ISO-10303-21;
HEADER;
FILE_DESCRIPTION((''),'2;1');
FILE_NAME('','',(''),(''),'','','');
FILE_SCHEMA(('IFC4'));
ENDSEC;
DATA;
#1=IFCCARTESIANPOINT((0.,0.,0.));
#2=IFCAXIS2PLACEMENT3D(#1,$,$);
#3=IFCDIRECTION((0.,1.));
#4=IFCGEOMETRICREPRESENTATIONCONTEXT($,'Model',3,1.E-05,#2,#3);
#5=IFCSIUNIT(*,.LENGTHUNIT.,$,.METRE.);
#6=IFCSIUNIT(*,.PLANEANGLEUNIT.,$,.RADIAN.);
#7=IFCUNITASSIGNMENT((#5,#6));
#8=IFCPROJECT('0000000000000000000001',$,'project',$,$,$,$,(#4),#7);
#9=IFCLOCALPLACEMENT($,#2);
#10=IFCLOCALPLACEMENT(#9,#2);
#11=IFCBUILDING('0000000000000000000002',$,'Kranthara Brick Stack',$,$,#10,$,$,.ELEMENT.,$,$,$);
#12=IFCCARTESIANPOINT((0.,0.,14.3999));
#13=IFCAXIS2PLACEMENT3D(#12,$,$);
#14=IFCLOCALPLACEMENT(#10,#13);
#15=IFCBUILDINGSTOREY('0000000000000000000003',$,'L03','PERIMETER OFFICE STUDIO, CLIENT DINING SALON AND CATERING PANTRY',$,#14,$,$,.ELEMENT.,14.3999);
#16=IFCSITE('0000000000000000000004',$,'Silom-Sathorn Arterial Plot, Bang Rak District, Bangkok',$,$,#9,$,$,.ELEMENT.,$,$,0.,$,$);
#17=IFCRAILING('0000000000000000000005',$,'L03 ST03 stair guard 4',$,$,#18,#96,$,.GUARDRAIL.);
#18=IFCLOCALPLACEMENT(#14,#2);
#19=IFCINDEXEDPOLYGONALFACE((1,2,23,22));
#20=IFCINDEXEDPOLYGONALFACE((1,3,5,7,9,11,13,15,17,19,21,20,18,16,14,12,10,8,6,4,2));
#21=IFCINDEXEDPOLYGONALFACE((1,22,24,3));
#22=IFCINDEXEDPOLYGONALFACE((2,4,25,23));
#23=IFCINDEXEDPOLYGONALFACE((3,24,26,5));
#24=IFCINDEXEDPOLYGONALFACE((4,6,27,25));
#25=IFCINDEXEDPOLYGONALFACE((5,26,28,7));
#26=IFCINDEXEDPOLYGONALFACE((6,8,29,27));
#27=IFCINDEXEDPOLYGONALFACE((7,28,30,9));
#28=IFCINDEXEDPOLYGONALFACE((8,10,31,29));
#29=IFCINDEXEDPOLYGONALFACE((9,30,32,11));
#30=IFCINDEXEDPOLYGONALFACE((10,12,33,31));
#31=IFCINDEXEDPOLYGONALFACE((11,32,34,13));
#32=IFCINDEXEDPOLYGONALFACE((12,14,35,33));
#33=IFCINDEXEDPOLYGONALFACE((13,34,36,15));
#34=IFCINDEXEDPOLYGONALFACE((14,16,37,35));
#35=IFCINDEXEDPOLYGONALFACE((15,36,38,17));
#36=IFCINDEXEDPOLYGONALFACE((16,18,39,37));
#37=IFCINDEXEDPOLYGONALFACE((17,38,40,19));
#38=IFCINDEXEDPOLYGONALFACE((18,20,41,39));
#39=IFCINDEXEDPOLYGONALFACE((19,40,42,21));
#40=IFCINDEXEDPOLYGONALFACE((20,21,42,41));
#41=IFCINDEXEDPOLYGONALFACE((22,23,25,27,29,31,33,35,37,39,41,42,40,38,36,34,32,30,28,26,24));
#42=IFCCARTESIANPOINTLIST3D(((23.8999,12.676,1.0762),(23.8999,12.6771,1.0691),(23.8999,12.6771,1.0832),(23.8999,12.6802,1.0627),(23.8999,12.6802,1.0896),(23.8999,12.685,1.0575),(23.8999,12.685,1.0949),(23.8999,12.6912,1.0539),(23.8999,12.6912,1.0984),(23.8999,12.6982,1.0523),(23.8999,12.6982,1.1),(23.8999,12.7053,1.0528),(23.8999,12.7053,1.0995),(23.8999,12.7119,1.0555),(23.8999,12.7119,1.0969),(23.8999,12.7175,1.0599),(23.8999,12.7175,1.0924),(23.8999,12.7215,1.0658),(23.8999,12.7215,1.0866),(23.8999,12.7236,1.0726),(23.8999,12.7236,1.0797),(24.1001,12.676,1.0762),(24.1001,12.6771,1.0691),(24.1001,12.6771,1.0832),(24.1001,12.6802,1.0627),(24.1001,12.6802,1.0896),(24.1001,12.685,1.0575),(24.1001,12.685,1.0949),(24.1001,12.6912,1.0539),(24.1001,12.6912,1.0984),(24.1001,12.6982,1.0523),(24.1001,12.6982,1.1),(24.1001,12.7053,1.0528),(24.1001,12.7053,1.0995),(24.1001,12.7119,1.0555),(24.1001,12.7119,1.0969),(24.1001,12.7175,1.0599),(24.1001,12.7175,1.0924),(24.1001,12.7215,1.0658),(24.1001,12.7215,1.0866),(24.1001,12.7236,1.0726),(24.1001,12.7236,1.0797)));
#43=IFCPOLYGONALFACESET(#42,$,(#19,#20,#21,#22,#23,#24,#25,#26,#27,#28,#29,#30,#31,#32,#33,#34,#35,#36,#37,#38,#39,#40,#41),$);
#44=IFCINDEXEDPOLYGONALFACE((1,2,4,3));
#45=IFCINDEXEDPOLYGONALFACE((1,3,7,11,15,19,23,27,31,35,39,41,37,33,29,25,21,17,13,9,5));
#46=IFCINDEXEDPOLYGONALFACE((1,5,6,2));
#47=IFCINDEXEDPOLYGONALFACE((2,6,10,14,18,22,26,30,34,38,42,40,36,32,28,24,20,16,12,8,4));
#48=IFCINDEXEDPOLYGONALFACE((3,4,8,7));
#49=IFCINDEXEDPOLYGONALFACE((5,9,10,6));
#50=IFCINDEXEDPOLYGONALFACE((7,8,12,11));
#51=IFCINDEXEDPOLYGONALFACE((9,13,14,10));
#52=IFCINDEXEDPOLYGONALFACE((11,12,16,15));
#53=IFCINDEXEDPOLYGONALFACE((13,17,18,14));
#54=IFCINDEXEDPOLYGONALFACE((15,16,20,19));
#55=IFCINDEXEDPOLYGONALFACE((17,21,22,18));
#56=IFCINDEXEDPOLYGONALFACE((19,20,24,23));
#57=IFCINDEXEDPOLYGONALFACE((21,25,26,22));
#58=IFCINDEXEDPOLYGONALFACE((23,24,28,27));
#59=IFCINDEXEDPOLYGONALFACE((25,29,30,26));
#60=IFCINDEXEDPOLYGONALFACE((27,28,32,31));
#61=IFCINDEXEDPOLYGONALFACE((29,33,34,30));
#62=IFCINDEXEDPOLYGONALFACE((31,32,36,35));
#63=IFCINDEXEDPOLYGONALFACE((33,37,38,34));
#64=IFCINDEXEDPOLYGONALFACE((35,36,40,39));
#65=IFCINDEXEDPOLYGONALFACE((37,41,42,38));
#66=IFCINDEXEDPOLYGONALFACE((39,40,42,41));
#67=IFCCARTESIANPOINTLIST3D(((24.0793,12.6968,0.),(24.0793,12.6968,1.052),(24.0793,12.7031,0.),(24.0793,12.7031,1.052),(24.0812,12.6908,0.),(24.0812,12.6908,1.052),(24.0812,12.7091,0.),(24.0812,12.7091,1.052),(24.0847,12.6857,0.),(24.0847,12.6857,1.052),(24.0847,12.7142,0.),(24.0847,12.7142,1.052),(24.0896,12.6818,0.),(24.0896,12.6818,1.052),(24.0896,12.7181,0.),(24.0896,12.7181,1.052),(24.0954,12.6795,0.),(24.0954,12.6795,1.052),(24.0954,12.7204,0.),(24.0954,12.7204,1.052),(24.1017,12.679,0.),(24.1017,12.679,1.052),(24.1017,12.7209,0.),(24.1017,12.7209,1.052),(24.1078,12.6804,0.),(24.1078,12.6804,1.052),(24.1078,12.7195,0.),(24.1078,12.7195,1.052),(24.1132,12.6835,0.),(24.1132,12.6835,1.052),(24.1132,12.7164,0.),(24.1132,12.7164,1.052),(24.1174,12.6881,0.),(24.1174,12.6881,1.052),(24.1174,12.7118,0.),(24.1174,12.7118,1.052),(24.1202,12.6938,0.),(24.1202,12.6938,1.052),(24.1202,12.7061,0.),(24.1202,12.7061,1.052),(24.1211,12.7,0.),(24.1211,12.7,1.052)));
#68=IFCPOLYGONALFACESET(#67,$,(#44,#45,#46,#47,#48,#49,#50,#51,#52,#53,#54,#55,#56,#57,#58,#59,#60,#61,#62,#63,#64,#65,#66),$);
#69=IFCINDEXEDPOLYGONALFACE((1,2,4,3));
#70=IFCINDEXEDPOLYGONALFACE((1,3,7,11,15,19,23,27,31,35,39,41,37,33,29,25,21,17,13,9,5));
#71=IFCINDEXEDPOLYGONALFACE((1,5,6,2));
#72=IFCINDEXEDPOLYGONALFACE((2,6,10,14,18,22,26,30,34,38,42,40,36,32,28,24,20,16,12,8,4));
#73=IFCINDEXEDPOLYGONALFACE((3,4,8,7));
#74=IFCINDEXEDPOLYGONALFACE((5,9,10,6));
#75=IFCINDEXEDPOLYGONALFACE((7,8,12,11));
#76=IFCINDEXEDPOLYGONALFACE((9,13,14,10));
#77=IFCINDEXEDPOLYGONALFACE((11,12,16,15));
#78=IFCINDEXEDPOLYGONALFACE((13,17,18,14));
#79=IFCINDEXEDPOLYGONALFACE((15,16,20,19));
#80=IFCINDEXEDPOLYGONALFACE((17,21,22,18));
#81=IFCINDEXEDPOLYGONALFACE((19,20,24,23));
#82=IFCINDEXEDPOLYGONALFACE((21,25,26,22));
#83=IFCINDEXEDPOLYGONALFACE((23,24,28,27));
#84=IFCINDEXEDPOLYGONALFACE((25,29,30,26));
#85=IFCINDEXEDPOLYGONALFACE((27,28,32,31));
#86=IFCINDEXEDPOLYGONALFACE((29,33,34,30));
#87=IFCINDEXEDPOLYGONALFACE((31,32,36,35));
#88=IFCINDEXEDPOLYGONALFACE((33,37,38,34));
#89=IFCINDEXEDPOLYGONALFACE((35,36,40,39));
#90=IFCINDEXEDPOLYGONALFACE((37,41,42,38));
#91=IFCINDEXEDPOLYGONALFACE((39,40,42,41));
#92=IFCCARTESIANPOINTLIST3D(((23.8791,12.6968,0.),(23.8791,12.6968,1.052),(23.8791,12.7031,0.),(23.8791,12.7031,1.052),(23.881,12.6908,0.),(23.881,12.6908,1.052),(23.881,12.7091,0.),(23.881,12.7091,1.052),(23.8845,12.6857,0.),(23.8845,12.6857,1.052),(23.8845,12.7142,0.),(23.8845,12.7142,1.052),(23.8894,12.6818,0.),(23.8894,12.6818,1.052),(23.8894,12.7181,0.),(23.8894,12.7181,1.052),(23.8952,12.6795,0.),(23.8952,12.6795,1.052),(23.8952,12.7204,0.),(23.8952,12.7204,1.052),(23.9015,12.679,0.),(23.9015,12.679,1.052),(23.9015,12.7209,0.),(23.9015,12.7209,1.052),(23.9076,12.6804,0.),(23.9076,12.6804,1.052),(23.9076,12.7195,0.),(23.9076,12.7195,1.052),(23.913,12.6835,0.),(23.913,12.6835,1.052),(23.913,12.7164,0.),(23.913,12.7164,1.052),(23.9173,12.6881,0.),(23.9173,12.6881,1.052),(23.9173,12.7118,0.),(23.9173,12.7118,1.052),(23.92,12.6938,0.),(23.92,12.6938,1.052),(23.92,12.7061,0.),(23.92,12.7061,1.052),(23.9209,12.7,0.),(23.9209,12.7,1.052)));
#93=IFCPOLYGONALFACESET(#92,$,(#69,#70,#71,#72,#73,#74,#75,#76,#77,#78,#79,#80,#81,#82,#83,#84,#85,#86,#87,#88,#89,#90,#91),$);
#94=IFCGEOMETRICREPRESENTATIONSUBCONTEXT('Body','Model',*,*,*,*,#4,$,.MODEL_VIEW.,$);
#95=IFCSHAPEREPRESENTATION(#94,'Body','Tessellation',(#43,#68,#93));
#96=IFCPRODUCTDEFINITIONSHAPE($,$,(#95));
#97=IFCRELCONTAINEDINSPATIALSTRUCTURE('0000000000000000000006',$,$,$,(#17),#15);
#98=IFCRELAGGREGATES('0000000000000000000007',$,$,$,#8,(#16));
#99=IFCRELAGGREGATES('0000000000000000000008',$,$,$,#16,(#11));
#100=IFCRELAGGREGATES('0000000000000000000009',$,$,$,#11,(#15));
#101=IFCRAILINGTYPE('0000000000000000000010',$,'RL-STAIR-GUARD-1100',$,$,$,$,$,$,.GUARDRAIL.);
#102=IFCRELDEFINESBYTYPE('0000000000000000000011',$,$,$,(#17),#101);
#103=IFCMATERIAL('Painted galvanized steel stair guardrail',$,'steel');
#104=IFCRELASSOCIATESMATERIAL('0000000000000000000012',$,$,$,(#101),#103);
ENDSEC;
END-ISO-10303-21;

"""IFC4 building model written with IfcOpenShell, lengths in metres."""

from ifc_helpers import new_model, si_unit, direction, frame, origin, origin_2d, place, context, subcontext, project, spatial, circle, extrude, material, type_object, element, save


model = new_model("IFC4")

# Units and contexts
model_context = context("Model", 3, precision=1e-05, world=origin(), true_north=direction((0.0, 1.0)))
body_context = subcontext(model_context, "Body", "Model", "MODEL_VIEW")
ifc_project = project(units=[si_unit("LENGTHUNIT", "METRE"), si_unit("PLANEANGLEUNIT", "RADIAN")], contexts=[model_context])

# Site, building, storey
site_placement = place(None, origin())
site = spatial("IfcSite", under=ifc_project, at=site_placement, Name="Silom-Sathorn Arterial Plot, Bang Rak District, Bangkok", CompositionType="ELEMENT", RefElevation=0.0)
building_placement = place(site_placement, origin())
building = spatial("IfcBuilding", under=site, at=building_placement, Name="Kranthara Brick Stack", CompositionType="ELEMENT")
storey_placement = place(building_placement, frame((0.0, 0.0, 14.3999)))
storey = spatial("IfcBuildingStorey", under=building, at=storey_placement, Name="L03", Description="PERIMETER OFFICE STUDIO, CLIENT DINING SALON AND CATERING PANTRY", CompositionType="ELEMENT", Elevation=14.3999)

# Railing
ifc_material_1 = material(Name="Painted galvanized steel stair guardrail", Category="steel")
railing_type_1 = type_object("IfcRailingType", Name="RL-STAIR-GUARD-1100", PredefinedType="GUARDRAIL", material=ifc_material_1)
railing_1_placement = place(storey_placement, frame((24.1001, 12.7, 0.0)))
element("IfcRailing", 1, at=railing_1_placement, inside=storey, type_object=railing_type_1, Name="L03 ST03 stair guard 4", PredefinedType="GUARDRAIL", context=body_context, shape_type="SweptSolid", body=[
    extrude(circle(Radius=0.0239, at=origin_2d()), frame((0.0, 0.0, 1.0762), z_axis=(-1.0, 0.0, 0.0), x_axis=(0.0, -1.0, 0.0)), (0.0, 0.0, 1.0), 0.2002),
    extrude(circle(Radius=0.021, at=origin_2d()), origin(), (0.0, 0.0, 1.0), 1.052),
    extrude(circle(Radius=0.021, at=origin_2d()), frame((-0.2002, 0.0, 0.0)), (0.0, 0.0, 1.0), 1.052),
])

save(model, "model.ifc")
